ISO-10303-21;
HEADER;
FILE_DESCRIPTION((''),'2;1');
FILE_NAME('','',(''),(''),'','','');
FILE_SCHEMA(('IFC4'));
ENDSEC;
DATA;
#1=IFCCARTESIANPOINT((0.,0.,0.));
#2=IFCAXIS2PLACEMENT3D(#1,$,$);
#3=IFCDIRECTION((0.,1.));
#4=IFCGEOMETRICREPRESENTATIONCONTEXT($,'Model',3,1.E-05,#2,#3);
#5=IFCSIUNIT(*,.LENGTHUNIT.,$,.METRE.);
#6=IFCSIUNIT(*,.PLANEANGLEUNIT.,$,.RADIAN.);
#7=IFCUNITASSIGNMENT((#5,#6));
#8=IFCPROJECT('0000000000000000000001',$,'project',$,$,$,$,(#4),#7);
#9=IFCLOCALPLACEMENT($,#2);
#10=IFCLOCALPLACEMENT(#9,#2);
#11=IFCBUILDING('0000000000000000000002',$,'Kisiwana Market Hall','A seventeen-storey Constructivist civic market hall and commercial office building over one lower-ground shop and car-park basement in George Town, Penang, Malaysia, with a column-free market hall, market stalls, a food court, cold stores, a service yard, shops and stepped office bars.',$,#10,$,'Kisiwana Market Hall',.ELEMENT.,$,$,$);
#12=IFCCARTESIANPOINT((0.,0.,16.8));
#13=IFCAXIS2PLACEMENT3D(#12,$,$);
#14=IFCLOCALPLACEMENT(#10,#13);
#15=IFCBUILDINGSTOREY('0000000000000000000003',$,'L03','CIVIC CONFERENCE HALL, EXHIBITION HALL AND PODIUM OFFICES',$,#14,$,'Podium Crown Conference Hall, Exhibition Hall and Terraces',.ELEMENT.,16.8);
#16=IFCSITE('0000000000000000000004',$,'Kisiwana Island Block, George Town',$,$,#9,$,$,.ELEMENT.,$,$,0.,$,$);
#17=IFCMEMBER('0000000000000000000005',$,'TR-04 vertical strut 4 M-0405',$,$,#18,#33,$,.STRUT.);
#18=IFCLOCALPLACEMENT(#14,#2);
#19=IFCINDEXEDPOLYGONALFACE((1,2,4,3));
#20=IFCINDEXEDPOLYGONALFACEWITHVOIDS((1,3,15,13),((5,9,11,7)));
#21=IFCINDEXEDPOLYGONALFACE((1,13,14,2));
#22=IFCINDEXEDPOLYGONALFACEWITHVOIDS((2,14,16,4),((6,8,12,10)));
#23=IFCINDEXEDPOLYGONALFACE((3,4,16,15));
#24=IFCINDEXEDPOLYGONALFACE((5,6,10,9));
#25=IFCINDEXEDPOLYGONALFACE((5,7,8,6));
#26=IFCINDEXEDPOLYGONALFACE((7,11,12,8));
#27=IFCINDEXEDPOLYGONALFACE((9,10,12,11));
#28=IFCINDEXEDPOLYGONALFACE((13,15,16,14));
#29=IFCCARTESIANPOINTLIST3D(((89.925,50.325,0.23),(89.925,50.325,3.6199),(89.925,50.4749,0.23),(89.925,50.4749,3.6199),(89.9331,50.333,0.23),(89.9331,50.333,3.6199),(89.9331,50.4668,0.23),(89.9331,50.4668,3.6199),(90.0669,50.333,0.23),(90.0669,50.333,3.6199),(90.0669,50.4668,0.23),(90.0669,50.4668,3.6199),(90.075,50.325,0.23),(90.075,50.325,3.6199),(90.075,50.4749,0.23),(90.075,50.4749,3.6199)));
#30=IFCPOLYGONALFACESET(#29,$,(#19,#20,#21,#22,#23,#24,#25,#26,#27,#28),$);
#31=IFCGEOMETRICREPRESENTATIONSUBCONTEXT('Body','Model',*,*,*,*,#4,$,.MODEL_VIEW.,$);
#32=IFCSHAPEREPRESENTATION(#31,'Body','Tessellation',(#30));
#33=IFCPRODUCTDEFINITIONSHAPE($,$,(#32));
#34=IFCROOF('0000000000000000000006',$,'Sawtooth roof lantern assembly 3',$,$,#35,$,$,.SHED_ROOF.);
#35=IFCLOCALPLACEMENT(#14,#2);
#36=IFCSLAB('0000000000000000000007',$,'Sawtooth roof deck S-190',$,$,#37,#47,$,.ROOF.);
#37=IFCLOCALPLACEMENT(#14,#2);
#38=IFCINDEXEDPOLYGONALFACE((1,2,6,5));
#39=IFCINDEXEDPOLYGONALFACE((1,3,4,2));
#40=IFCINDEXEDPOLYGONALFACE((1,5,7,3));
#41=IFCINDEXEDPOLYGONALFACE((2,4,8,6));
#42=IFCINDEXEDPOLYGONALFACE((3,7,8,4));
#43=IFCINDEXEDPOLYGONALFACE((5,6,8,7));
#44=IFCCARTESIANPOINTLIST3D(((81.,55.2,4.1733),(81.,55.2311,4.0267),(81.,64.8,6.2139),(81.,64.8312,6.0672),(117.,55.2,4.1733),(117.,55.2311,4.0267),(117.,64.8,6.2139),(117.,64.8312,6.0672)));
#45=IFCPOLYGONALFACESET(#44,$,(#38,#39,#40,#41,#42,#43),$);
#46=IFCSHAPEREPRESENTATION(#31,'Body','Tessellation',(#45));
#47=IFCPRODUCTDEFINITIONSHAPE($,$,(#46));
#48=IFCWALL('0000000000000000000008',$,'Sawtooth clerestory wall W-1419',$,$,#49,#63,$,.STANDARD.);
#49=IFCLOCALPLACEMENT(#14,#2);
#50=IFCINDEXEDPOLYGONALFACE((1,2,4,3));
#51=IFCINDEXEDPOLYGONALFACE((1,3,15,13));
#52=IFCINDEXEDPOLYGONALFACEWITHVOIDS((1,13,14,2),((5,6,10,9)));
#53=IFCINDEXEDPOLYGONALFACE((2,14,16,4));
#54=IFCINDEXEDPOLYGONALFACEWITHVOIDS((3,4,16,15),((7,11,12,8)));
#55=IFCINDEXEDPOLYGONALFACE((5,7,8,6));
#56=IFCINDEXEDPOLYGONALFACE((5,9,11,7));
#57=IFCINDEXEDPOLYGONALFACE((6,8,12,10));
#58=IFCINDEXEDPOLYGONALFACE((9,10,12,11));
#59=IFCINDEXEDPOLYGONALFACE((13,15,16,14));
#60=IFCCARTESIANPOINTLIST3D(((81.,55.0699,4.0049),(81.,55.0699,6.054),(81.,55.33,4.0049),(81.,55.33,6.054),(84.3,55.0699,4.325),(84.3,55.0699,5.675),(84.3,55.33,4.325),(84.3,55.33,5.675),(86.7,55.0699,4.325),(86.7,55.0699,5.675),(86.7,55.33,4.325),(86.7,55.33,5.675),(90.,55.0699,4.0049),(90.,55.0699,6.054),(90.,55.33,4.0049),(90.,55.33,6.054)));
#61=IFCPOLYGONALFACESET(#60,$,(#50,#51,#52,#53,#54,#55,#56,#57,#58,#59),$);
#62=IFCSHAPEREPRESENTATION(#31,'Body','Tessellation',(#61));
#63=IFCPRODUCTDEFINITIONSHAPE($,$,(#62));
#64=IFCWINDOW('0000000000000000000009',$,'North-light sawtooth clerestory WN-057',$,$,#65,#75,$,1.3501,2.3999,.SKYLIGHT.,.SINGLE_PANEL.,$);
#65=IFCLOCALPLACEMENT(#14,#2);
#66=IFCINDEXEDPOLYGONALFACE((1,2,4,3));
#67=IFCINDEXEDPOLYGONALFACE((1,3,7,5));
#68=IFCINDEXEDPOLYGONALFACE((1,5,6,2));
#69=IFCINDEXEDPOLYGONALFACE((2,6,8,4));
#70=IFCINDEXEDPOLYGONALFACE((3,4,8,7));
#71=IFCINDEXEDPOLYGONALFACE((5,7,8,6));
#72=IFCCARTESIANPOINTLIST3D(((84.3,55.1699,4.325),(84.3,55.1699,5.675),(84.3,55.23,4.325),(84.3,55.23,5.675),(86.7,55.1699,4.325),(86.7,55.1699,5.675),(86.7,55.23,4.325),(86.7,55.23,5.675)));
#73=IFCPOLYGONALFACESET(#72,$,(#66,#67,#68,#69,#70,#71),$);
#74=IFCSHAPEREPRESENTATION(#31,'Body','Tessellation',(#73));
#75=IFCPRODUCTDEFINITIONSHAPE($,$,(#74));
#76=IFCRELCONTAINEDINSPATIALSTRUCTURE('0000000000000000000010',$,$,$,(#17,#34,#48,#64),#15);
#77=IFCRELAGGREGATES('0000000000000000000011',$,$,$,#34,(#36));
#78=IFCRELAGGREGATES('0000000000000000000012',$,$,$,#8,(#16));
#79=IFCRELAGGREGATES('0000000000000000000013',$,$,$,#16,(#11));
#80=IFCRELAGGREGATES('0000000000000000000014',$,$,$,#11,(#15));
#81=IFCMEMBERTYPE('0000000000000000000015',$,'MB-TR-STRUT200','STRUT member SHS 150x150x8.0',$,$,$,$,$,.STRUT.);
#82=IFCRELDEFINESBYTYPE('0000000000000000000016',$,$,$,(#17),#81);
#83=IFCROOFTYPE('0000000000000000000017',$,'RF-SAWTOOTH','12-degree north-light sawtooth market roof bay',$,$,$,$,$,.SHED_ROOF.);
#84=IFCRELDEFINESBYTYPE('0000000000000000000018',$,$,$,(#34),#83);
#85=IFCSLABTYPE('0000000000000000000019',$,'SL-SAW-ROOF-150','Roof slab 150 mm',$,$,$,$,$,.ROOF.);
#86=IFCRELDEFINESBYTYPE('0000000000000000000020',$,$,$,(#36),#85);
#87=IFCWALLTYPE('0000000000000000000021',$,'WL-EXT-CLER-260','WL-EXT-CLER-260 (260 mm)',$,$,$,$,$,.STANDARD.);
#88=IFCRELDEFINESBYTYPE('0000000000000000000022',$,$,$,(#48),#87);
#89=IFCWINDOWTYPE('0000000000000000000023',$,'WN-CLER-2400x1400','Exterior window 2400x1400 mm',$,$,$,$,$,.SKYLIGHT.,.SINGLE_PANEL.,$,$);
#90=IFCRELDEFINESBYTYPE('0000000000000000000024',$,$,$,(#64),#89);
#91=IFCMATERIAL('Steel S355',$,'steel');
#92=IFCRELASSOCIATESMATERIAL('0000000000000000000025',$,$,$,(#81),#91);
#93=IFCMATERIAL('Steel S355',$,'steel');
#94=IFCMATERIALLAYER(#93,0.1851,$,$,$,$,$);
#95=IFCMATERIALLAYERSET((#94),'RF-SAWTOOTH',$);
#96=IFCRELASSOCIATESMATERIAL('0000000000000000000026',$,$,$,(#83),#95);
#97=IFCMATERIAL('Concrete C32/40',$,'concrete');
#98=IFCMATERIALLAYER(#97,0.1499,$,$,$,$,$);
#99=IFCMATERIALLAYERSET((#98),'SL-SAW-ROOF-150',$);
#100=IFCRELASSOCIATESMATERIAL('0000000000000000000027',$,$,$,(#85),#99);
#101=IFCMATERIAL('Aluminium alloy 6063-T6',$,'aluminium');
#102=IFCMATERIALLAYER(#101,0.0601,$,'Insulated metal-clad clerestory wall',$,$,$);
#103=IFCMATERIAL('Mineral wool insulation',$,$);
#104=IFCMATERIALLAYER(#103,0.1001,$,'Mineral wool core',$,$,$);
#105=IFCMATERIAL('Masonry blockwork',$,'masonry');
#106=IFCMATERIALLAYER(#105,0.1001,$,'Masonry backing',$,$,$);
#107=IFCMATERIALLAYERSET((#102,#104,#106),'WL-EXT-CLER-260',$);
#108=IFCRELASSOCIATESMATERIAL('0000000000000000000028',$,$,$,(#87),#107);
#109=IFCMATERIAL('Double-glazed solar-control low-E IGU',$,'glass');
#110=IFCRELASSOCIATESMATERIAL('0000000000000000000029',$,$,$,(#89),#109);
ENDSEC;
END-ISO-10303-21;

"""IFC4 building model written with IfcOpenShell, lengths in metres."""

from ifc_helpers import new_model, si_unit, direction, frame, frame_2d, origin, origin_2d, place, context, subcontext, project, spatial, polyline, rectangle, hollow_rectangle, outline, extrude, material, layer, layer_set, material_profile, profile_set, type_object, element, fill, aggregate, save


model = new_model("IFC4")

# Units and contexts
model_context = context("Model", 3, precision=1e-05, world=origin(), true_north=direction((0.0, 1.0)))
body_context = subcontext(model_context, "Body", "Model", "MODEL_VIEW")
ifc_project = project(units=[si_unit("LENGTHUNIT", "METRE"), si_unit("PLANEANGLEUNIT", "RADIAN")], contexts=[model_context])

# Site, building, storey
site_placement = place(None, origin())
site = spatial("IfcSite", under=ifc_project, at=site_placement, Name="Kisiwana Island Block, George Town", CompositionType="ELEMENT", RefElevation=0.0)
building_placement = place(site_placement, origin())
building = spatial("IfcBuilding", under=site, at=building_placement, Name="Kisiwana Market Hall", Description="A seventeen-storey Constructivist civic market hall and commercial office building over one lower-ground shop and car-park basement in George Town, Penang, Malaysia, with a column-free market hall, market stalls, a food court, cold stores, a service yard, shops and stepped office bars.", LongName="Kisiwana Market Hall", CompositionType="ELEMENT")
storey_placement = place(building_placement, frame((0.0, 0.0, 16.8)))
storey = spatial("IfcBuildingStorey", under=building, at=storey_placement, Name="L03", Description="CIVIC CONFERENCE HALL, EXHIBITION HALL AND PODIUM OFFICES", LongName="Podium Crown Conference Hall, Exhibition Hall and Terraces", CompositionType="ELEMENT", Elevation=16.8)

# Member
ifc_material_1 = material(Name="Steel S355", Category="steel")
ifc_material_profile_1 = material_profile(ifc_material_1, hollow_rectangle(XDim=0.1499, YDim=0.1499, WallThickness=0.0081, at=origin_2d()), Name="SHS 150x150x8.0")
ifc_profile_set_1 = profile_set([ifc_material_profile_1], Name="Steel S355")
member_type_1 = type_object("IfcMemberType", Name="MB-TR-STRUT200", Description="STRUT member SHS 150x150x8.0", PredefinedType="STRUT", material=ifc_profile_set_1)
for number, where, z_axis, x_axis, name in (
    (1, (90.0, 50.3999, 0.23), (0.0, 0.0, 1.0), (1.0, 0.0, 0.0), "TR-04 vertical strut 4 M-0405"),
):
    element("IfcMember", number, at=place(storey_placement, frame(where, z_axis=z_axis, x_axis=x_axis)), inside=storey, type_object=member_type_1, Name=name, PredefinedType="STRUT", context=body_context, shape_type="SweptSolid", body=[
        extrude(hollow_rectangle(XDim=0.1499, YDim=0.1499, WallThickness=0.0081, at=origin_2d()), origin(), (0.0, 0.0, 1.0), 3.3899),
    ])

# Roof, slab
ifc_material_2 = material(Name="Steel S355", Category="steel")
ifc_layer_1 = layer(ifc_material_2, 0.1851)
ifc_layer_set_1 = layer_set([ifc_layer_1], Name="RF-SAWTOOTH")
roof_type = type_object("IfcRoofType", Name="RF-SAWTOOTH", Description="12-degree north-light sawtooth market roof bay", PredefinedType="SHED_ROOF", material=ifc_layer_set_1)
roof_placement = place(storey_placement, origin())
roof = element("IfcRoof", 2, at=roof_placement, inside=storey, type_object=roof_type, Name="Sawtooth roof lantern assembly 3", PredefinedType="SHED_ROOF")
ifc_material_3 = material(Name="Concrete C32/40", Category="concrete")
ifc_layer_2 = layer(ifc_material_3, 0.1499)
ifc_layer_set_2 = layer_set([ifc_layer_2], Name="SL-SAW-ROOF-150")
slab_type = type_object("IfcSlabType", Name="SL-SAW-ROOF-150", Description="Roof slab 150 mm", PredefinedType="ROOF", material=ifc_layer_set_2)
slab_placement = place(storey_placement, frame((81.0, 55.2, 4.1733), z_axis=(0.0, -0.207908, 0.978148), x_axis=(1.0, 0.0, 0.0)))
slab = element("IfcSlab", 3, at=slab_placement, type_object=slab_type, Name="Sawtooth roof deck S-190", PredefinedType="ROOF", context=body_context, shape_type="SweptSolid", body=[
    extrude(outline(polyline([(0.0, 0.0), (36.0, 0.0), (36.0, 9.8146), (0.0, 9.8146), (0.0, 0.0)])), origin(), (0.0, 0.0, -1.0), 0.1499),
])
aggregate(roof, [slab])

# Wall, opening, window
ifc_material_4 = material(Name="Aluminium alloy 6063-T6", Category="aluminium")
ifc_layer_3 = layer(ifc_material_4, 0.0601, Name="Insulated metal-clad clerestory wall")
ifc_material_5 = material(Name="Mineral wool insulation")
ifc_layer_4 = layer(ifc_material_5, 0.1001, Name="Mineral wool core")
ifc_material_6 = material(Name="Masonry blockwork", Category="masonry")
ifc_layer_5 = layer(ifc_material_6, 0.1001, Name="Masonry backing")
ifc_layer_set_3 = layer_set([ifc_layer_3, ifc_layer_4, ifc_layer_5], Name="WL-EXT-CLER-260")
wall_type = type_object("IfcWallType", Name="WL-EXT-CLER-260", Description="WL-EXT-CLER-260 (260 mm)", PredefinedType="STANDARD", material=ifc_layer_set_3)
wall_placement = place(storey_placement, frame((81.0, 55.2, 4.0049), z_axis=(0.0, 0.0, 1.0), x_axis=(1.0, 0.0, 0.0)))
wall = element("IfcWall", 4, at=wall_placement, inside=storey, type_object=wall_type, Name="Sawtooth clerestory wall W-1419", PredefinedType="STANDARD", context=body_context, shape_type="SweptSolid", body=[
    extrude(rectangle(XDim=9.0, YDim=0.26, at=frame_2d((4.5, 0.0))), origin(), (0.0, 0.0, 1.0), 2.0491),
])
opening_placement = place(wall_placement, frame((3.3, 0.0, 0.3201)))
opening = element("IfcOpeningElement", 5, at=opening_placement, cuts=wall, PredefinedType="OPENING", context=body_context, shape_type="SweptSolid", body=[
    extrude(rectangle(XDim=2.3999, YDim=1.3501, at=frame_2d((1.2, 0.675))), frame((0.0, 0.1421, 0.0), z_axis=(0.0, -1.0, 0.0), x_axis=(1.0, 0.0, 0.0)), (0.0, 0.0, 1.0), 0.2839),
])
ifc_material_7 = material(Name="Double-glazed solar-control low-E IGU", Category="glass")
window_type = type_object("IfcWindowType", Name="WN-CLER-2400x1400", Description="Exterior window 2400x1400 mm", PartitioningType="SINGLE_PANEL", PredefinedType="SKYLIGHT", material=ifc_material_7)
window_placement = place(opening_placement, origin())
window = element("IfcWindow", 6, at=window_placement, inside=storey, type_object=window_type, Name="North-light sawtooth clerestory WN-057", OverallHeight=1.3501, OverallWidth=2.3999, PartitioningType="SINGLE_PANEL", PredefinedType="SKYLIGHT", context=body_context, shape_type="SweptSolid", body=[
    extrude(rectangle(XDim=2.3999, YDim=1.3501, at=frame_2d((1.2, 0.675))), frame((0.0, 0.03, 0.0), z_axis=(0.0, -1.0, 0.0), x_axis=(1.0, 0.0, 0.0)), (0.0, 0.0, 1.0), 0.0601),
])
fill(opening, window)

save(model, "model.ifc")
